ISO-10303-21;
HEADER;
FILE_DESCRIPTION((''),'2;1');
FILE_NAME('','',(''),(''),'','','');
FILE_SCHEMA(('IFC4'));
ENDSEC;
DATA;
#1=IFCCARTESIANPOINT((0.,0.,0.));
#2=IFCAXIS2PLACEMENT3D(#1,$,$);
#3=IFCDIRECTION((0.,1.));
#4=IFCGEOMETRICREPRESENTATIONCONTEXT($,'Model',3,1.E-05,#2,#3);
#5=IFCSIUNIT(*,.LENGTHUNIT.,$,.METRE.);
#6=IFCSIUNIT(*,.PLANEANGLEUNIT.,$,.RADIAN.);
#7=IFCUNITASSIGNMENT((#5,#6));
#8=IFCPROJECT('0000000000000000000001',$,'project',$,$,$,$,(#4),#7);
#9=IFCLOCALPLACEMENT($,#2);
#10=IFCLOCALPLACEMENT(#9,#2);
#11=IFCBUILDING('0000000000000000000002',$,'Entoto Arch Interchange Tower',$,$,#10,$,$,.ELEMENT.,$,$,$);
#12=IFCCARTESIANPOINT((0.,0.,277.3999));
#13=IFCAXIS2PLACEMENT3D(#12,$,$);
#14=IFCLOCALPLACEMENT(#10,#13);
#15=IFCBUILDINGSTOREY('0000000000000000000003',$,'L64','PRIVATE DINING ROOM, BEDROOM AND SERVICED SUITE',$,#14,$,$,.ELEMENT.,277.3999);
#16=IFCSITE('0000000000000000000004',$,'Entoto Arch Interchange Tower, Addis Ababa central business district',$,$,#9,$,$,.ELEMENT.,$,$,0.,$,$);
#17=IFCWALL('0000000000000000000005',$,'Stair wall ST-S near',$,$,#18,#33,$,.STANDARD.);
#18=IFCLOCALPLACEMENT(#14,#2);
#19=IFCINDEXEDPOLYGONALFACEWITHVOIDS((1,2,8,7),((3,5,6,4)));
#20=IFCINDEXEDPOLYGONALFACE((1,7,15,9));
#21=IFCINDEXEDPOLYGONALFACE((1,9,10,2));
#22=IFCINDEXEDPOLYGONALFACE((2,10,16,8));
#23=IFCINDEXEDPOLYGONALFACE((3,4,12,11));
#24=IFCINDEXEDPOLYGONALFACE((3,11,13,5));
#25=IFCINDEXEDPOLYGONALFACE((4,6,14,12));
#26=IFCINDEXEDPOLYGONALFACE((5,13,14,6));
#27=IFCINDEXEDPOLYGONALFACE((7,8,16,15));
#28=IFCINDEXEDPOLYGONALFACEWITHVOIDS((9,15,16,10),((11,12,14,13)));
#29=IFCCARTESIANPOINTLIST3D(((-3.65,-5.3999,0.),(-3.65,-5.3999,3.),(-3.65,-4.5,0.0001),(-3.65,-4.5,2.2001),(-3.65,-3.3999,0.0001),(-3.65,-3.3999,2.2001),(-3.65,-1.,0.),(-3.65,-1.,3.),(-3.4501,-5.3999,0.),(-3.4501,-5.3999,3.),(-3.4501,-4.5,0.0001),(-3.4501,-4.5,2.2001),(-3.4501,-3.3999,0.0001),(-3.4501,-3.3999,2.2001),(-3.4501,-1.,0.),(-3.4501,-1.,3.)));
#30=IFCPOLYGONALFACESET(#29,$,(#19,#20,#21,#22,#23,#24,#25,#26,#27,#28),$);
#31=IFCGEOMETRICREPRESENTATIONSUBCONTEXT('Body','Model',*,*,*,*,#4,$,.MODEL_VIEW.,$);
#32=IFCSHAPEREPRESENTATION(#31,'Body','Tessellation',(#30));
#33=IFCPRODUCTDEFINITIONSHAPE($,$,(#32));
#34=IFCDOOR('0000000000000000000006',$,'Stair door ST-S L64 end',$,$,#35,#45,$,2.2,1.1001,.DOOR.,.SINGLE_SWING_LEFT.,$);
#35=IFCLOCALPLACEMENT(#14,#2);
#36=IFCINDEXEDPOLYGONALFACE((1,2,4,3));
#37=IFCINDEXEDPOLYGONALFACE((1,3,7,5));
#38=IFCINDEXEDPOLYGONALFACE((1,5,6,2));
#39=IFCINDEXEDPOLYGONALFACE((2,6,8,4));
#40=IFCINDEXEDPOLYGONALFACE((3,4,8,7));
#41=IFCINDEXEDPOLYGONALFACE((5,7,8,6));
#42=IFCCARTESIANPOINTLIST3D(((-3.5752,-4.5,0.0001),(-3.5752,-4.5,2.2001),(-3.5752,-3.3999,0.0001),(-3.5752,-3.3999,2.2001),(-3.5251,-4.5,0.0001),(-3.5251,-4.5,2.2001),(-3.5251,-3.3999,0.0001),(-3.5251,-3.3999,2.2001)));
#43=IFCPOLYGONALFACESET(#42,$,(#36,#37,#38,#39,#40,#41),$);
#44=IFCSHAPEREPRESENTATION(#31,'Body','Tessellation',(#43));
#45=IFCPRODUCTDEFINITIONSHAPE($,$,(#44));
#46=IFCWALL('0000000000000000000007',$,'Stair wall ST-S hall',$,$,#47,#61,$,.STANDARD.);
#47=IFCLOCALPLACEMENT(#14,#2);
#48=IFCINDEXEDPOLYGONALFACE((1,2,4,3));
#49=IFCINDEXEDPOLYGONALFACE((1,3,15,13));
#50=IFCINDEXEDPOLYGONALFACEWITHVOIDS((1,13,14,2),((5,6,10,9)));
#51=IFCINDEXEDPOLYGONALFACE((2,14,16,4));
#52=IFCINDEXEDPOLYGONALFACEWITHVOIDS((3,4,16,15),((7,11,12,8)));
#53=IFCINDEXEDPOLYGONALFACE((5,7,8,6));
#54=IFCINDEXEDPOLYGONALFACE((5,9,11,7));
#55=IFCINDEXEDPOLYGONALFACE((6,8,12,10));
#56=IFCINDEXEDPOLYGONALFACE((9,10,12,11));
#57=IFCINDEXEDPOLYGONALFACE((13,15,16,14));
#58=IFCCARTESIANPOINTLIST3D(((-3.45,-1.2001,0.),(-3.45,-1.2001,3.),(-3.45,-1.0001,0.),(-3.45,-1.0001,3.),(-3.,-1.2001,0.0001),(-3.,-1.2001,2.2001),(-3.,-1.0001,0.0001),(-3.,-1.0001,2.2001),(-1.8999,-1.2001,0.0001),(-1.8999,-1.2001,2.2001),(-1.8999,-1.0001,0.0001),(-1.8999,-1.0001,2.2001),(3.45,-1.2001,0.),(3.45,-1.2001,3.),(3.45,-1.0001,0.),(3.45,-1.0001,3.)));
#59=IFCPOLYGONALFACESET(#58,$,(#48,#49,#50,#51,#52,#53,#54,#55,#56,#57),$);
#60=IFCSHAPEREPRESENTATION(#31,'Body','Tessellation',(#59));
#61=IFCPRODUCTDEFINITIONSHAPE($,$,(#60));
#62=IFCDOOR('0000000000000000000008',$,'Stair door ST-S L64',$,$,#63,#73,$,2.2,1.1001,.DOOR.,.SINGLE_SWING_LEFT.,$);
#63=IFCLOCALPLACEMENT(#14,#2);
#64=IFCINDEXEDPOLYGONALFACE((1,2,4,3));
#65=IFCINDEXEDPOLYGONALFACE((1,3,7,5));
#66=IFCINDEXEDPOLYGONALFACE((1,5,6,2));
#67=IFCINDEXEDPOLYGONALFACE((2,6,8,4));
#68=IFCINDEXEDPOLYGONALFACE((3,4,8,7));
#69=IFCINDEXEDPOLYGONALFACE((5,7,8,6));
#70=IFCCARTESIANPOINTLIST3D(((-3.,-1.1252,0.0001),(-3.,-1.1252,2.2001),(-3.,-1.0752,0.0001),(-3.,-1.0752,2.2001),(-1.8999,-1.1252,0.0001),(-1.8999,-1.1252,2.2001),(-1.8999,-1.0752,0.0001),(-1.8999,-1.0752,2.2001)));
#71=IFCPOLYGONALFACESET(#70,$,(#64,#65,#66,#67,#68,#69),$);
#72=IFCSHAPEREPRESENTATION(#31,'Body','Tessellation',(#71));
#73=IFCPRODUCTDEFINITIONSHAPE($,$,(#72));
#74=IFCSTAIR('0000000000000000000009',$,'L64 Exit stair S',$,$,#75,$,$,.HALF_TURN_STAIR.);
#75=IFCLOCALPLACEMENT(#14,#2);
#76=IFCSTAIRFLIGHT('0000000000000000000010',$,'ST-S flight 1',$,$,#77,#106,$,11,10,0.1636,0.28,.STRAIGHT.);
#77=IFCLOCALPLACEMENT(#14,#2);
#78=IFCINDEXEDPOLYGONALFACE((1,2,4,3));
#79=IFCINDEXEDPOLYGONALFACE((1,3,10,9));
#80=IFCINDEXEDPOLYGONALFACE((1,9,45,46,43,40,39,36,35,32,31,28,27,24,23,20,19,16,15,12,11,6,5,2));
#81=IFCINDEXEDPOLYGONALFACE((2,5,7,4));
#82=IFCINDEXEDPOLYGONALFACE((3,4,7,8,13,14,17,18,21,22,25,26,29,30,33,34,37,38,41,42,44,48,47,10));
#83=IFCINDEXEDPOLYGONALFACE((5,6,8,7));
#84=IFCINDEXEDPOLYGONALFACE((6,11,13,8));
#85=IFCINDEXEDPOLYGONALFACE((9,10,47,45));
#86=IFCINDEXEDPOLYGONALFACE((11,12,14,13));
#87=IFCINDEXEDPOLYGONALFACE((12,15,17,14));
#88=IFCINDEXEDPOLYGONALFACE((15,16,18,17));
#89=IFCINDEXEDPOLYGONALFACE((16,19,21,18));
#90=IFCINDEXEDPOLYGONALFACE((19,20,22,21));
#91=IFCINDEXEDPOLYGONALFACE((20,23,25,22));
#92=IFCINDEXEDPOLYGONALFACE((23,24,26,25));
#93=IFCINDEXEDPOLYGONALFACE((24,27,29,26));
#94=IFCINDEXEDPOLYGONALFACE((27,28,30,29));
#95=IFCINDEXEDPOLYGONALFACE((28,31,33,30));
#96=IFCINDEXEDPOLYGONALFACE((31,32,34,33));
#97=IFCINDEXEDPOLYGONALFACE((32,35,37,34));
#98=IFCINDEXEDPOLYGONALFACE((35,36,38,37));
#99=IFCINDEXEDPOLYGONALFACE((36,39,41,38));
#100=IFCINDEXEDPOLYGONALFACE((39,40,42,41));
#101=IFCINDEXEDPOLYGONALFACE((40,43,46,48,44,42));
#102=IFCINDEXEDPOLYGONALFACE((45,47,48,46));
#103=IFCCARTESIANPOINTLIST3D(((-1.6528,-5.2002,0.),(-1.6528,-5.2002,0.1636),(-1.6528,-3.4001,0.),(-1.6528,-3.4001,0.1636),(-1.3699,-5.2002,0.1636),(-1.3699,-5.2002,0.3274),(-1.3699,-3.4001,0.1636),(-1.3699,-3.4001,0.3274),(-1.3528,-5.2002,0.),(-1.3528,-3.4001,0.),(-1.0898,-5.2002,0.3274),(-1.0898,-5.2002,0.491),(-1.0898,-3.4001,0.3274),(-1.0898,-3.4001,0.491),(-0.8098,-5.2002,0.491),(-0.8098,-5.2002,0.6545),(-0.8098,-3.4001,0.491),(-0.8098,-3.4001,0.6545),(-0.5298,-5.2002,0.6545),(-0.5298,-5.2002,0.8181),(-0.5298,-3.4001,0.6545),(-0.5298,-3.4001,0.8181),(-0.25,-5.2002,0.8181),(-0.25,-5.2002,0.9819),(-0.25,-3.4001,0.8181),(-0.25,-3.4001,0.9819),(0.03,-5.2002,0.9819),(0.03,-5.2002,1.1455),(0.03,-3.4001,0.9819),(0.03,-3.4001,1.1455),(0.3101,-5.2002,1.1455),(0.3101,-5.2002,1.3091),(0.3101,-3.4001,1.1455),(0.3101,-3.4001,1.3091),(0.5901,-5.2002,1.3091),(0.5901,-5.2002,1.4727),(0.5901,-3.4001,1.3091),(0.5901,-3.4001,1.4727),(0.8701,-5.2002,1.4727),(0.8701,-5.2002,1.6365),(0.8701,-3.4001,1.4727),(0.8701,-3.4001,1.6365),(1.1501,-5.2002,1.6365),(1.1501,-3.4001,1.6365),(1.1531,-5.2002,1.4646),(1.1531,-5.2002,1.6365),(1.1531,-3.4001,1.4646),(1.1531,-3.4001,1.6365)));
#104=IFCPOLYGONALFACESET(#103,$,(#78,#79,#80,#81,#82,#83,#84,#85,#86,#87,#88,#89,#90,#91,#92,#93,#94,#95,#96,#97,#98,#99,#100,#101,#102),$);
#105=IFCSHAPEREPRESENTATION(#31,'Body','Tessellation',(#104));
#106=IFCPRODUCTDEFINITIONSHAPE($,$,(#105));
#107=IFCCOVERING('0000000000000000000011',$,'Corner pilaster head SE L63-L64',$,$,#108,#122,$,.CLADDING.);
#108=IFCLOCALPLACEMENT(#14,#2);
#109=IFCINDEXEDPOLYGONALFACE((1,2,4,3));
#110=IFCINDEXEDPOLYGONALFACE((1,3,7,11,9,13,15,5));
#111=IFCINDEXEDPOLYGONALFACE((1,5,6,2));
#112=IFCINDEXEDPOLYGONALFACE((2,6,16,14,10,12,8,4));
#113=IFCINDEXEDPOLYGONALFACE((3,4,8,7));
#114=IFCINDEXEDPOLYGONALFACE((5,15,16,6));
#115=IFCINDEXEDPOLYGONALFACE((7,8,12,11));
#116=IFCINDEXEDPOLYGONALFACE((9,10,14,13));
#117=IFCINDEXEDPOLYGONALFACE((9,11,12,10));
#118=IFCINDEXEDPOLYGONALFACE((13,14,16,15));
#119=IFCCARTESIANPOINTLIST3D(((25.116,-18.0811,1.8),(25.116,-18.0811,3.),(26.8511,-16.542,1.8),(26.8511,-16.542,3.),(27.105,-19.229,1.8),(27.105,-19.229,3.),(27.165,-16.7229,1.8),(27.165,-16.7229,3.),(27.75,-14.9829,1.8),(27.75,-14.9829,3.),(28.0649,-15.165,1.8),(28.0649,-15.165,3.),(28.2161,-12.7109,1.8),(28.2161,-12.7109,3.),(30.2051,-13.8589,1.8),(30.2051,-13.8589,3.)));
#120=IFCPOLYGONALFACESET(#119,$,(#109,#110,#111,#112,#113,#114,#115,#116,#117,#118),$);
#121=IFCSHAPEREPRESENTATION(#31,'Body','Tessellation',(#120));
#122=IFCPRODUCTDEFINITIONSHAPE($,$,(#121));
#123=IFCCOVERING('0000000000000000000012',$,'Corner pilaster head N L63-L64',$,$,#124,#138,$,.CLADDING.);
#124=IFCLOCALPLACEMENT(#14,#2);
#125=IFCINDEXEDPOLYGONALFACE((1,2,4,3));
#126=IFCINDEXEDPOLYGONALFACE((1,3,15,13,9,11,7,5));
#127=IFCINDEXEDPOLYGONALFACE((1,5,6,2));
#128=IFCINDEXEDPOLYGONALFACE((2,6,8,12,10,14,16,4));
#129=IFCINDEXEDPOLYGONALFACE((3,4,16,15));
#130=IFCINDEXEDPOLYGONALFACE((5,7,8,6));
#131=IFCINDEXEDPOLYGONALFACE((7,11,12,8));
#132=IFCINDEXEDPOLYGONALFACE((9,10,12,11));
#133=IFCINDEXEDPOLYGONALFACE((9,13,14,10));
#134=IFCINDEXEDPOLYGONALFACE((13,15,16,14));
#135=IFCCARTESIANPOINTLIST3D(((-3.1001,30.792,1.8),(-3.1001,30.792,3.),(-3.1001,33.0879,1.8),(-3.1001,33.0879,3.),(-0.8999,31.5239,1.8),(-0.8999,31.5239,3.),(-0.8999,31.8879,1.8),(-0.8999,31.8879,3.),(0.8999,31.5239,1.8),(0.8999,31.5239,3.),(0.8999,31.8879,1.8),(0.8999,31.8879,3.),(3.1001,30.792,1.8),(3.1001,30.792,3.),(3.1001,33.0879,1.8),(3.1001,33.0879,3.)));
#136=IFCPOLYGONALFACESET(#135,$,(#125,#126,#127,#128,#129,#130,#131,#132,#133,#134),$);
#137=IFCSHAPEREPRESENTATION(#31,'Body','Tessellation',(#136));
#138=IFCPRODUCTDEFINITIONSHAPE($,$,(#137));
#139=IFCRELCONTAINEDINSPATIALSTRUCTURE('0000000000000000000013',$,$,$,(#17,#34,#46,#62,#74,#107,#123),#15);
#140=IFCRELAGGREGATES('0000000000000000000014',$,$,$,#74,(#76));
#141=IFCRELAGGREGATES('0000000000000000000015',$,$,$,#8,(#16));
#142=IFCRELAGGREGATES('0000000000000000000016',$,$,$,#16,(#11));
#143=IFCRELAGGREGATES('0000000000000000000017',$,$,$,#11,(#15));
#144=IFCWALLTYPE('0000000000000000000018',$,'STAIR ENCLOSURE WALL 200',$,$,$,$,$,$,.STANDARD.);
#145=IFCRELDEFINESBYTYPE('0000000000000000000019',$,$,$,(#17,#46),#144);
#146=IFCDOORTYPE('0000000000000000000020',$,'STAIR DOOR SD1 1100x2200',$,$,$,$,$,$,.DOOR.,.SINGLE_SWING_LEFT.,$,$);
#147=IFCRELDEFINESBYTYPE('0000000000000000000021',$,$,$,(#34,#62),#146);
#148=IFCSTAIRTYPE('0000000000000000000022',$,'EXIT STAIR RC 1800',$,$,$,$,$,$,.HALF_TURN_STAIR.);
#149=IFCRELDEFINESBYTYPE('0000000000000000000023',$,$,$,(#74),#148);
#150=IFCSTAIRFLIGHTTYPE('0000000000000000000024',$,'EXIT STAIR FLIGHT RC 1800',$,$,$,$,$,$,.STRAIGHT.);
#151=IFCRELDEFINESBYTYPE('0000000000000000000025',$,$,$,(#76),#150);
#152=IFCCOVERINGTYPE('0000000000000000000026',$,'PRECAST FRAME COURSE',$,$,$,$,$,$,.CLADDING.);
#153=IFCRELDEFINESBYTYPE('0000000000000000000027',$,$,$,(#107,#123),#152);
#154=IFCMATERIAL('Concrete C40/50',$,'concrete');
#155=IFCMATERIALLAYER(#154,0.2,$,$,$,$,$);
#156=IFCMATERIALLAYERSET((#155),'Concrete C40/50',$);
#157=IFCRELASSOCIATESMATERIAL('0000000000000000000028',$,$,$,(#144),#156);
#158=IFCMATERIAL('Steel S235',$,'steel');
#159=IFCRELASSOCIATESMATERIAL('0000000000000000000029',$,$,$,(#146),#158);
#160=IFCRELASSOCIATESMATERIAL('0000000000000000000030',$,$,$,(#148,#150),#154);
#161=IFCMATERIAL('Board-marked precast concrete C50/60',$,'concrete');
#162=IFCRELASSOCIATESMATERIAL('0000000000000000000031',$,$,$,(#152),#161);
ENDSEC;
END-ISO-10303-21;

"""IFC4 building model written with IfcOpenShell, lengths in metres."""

from ifc_helpers import new_model, si_unit, direction, frame, frame_2d, origin, place, context, subcontext, project, spatial, polyline, rectangle, outline, extrude, material, layer, layer_set, type_object, element, fill, aggregate, save


model = new_model("IFC4")

# Units and contexts
model_context = context("Model", 3, precision=1e-05, world=origin(), true_north=direction((0.0, 1.0)))
body_context = subcontext(model_context, "Body", "Model", "MODEL_VIEW")
ifc_project = project(units=[si_unit("LENGTHUNIT", "METRE"), si_unit("PLANEANGLEUNIT", "RADIAN")], contexts=[model_context])

# Site, building, storey
site_placement = place(None, origin())
site = spatial("IfcSite", under=ifc_project, at=site_placement, Name="Entoto Arch Interchange Tower, Addis Ababa central business district", CompositionType="ELEMENT", RefElevation=0.0)
building_placement = place(site_placement, origin())
building = spatial("IfcBuilding", under=site, at=building_placement, Name="Entoto Arch Interchange Tower", CompositionType="ELEMENT")
storey_placement = place(building_placement, frame((0.0, 0.0, 277.3999)))
storey = spatial("IfcBuildingStorey", under=building, at=storey_placement, Name="L64", Description="PRIVATE DINING ROOM, BEDROOM AND SERVICED SUITE", CompositionType="ELEMENT", Elevation=277.3999)

# Shared definitions
ifc_material_1 = material(Name="Concrete C40/50", Category="concrete")

# Walls, openings, doors
ifc_layer_1 = layer(ifc_material_1, 0.2)
ifc_layer_set_1 = layer_set([ifc_layer_1], Name="Concrete C40/50")
wall_type_1 = type_object("IfcWallType", Name="STAIR ENCLOSURE WALL 200", PredefinedType="STANDARD", material=ifc_layer_set_1)
wall_1_placement = place(storey_placement, frame((-3.55, -1.0, 0.0), z_axis=(0.0, 0.0, 1.0), x_axis=(0.0, -1.0, 0.0)))
wall_1 = element("IfcWall", 1, at=wall_1_placement, inside=storey, type_object=wall_type_1, Name="Stair wall ST-S near", PredefinedType="STANDARD", context=body_context, shape_type="SweptSolid", body=[
    extrude(rectangle(XDim=4.3999, YDim=0.2, at=frame_2d((2.2, 0.0))), origin(), (0.0, 0.0, 1.0), 3.0),
])
opening_1_placement = place(wall_1_placement, frame((2.3999, 0.0, 0.0)))
opening_1 = element("IfcOpeningElement", 2, at=opening_1_placement, cuts=wall_1, PredefinedType="OPENING", context=body_context, shape_type="SweptSolid", body=[
    extrude(rectangle(XDim=1.1001, YDim=2.2, at=frame_2d((0.55, 1.1001))), frame((0.0, 0.1099, 0.0), z_axis=(0.0, -1.0, 0.0), x_axis=(1.0, 0.0, 0.0)), (0.0, 0.0, 1.0), 0.22),
])
ifc_material_2 = material(Name="Steel S235", Category="steel")
door_type = type_object("IfcDoorType", Name="STAIR DOOR SD1 1100x2200", OperationType="SINGLE_SWING_LEFT", PredefinedType="DOOR", material=ifc_material_2)
door_1_placement = place(opening_1_placement, origin())
door_1 = element("IfcDoor", 3, at=door_1_placement, inside=storey, type_object=door_type, Name="Stair door ST-S L64 end", OperationType="SINGLE_SWING_LEFT", OverallHeight=2.2, OverallWidth=1.1001, PredefinedType="DOOR", context=body_context, shape_type="SweptSolid", body=[
    extrude(rectangle(XDim=1.1001, YDim=2.2, at=frame_2d((0.55, 1.1001))), frame((0.0, 0.0249, 0.0), z_axis=(0.0, -1.0, 0.0), x_axis=(1.0, 0.0, 0.0)), (0.0, 0.0, 1.0), 0.05),
])
fill(opening_1, door_1)
wall_2_placement = place(storey_placement, frame((-3.45, -1.1001, 0.0), z_axis=(0.0, 0.0, 1.0), x_axis=(1.0, 0.0, 0.0)))
wall_2 = element("IfcWall", 4, at=wall_2_placement, inside=storey, type_object=wall_type_1, Name="Stair wall ST-S hall", PredefinedType="STANDARD", context=body_context, shape_type="SweptSolid", body=[
    extrude(rectangle(XDim=6.8999, YDim=0.2, at=frame_2d((3.45, 0.0))), origin(), (0.0, 0.0, 1.0), 3.0),
])
opening_2_placement = place(wall_2_placement, frame((0.45, 0.0, 0.0)))
opening_2 = element("IfcOpeningElement", 5, at=opening_2_placement, cuts=wall_2, PredefinedType="OPENING", context=body_context, shape_type="SweptSolid", body=[
    extrude(rectangle(XDim=1.1001, YDim=2.2, at=frame_2d((0.55, 1.1001))), frame((0.0, 0.1099, 0.0), z_axis=(0.0, -1.0, 0.0), x_axis=(1.0, 0.0, 0.0)), (0.0, 0.0, 1.0), 0.22),
])
door_2_placement = place(opening_2_placement, origin())
door_2 = element("IfcDoor", 6, at=door_2_placement, inside=storey, type_object=door_type, Name="Stair door ST-S L64", OperationType="SINGLE_SWING_LEFT", OverallHeight=2.2, OverallWidth=1.1001, PredefinedType="DOOR", context=body_context, shape_type="SweptSolid", body=[
    extrude(rectangle(XDim=1.1001, YDim=2.2, at=frame_2d((0.55, 1.1001))), frame((0.0, 0.0249, 0.0), z_axis=(0.0, -1.0, 0.0), x_axis=(1.0, 0.0, 0.0)), (0.0, 0.0, 1.0), 0.05),
])
fill(opening_2, door_2)

# Stair, stair flight
stair_type = type_object("IfcStairType", Name="EXIT STAIR RC 1800", PredefinedType="HALF_TURN_STAIR", material=ifc_material_1)
stair_placement = place(storey_placement, origin())
stair = element("IfcStair", 7, at=stair_placement, inside=storey, type_object=stair_type, Name="L64 Exit stair S", PredefinedType="HALF_TURN_STAIR")
stair_flight_type = type_object("IfcStairFlightType", Name="EXIT STAIR FLIGHT RC 1800", PredefinedType="STRAIGHT", material=ifc_material_1)
stair_flight_placement = place(storey_placement, frame((-1.6499, -4.3, 0.0), z_axis=(0.0, 0.0, 1.0), x_axis=(1.0, 0.0, 0.0)))
stair_flight = element("IfcStairFlight", 8, at=stair_flight_placement, type_object=stair_flight_type, Name="ST-S flight 1", NumberOfRisers=11, NumberOfTreads=10, PredefinedType="STRAIGHT", RiserHeight=0.1636, TreadLength=0.28, context=body_context, shape_type="SweptSolid", body=[
    extrude(outline(polyline([(-0.0029, 0.0), (-0.0029, 0.1636), (0.28, 0.1636), (0.28, 0.3274), (0.5601, 0.3274), (0.5601, 0.491), (0.8401, 0.491), (0.8401, 0.6545), (1.1201, 0.6545), (1.1201, 0.8181), (1.3999, 0.8181), (1.3999, 0.9819), (1.6799, 0.9819), (1.6799, 1.1455), (1.96, 1.1455), (1.96, 1.3091), (2.24, 1.3091), (2.24, 1.4727), (2.52, 1.4727), (2.52, 1.6365), (2.8, 1.6365), (2.803, 1.6365), (2.803, 1.4646), (0.2971, 0.0), (-0.0029, 0.0)])), frame((0.0, 0.8999, 0.0), z_axis=(0.0, -1.0, 0.0), x_axis=(1.0, 0.0, 0.0)), (0.0, 0.0, 1.0), 1.8),
])
aggregate(stair, [stair_flight])

# Coverings
ifc_material_3 = material(Name="Board-marked precast concrete C50/60", Category="concrete")
covering_type = type_object("IfcCoveringType", Name="PRECAST FRAME COURSE", PredefinedType="CLADDING", material=ifc_material_3)
covering_1_placement = place(storey_placement, frame((0.0, 0.0, 1.8)))
element("IfcCovering", 9, at=covering_1_placement, inside=storey, type_object=covering_type, Name="Corner pilaster head SE L63-L64", PredefinedType="CLADDING", context=body_context, shape_type="SweptSolid", body=[
    extrude(outline(polyline([(30.2051, -13.8589), (27.105, -19.229), (25.116, -18.0811), (26.8511, -16.542), (27.165, -16.7229), (28.0649, -15.165), (27.75, -14.9829), (28.2161, -12.7109), (30.2051, -13.8589)])), origin(), (0.0, 0.0, 1.0), 1.2),
])
covering_2_placement = place(storey_placement, frame((0.0, 0.0, 1.8)))
element("IfcCovering", 10, at=covering_2_placement, inside=storey, type_object=covering_type, Name="Corner pilaster head N L63-L64", PredefinedType="CLADDING", context=body_context, shape_type="SweptSolid", body=[
    extrude(outline(polyline([(-3.1001, 33.0879), (3.1001, 33.0879), (3.1001, 30.792), (0.8999, 31.5239), (0.8999, 31.8879), (-0.8999, 31.8879), (-0.8999, 31.5239), (-3.1001, 30.792), (-3.1001, 33.0879)])), origin(), (0.0, 0.0, 1.0), 1.2),
])

save(model, "model.ifc")
